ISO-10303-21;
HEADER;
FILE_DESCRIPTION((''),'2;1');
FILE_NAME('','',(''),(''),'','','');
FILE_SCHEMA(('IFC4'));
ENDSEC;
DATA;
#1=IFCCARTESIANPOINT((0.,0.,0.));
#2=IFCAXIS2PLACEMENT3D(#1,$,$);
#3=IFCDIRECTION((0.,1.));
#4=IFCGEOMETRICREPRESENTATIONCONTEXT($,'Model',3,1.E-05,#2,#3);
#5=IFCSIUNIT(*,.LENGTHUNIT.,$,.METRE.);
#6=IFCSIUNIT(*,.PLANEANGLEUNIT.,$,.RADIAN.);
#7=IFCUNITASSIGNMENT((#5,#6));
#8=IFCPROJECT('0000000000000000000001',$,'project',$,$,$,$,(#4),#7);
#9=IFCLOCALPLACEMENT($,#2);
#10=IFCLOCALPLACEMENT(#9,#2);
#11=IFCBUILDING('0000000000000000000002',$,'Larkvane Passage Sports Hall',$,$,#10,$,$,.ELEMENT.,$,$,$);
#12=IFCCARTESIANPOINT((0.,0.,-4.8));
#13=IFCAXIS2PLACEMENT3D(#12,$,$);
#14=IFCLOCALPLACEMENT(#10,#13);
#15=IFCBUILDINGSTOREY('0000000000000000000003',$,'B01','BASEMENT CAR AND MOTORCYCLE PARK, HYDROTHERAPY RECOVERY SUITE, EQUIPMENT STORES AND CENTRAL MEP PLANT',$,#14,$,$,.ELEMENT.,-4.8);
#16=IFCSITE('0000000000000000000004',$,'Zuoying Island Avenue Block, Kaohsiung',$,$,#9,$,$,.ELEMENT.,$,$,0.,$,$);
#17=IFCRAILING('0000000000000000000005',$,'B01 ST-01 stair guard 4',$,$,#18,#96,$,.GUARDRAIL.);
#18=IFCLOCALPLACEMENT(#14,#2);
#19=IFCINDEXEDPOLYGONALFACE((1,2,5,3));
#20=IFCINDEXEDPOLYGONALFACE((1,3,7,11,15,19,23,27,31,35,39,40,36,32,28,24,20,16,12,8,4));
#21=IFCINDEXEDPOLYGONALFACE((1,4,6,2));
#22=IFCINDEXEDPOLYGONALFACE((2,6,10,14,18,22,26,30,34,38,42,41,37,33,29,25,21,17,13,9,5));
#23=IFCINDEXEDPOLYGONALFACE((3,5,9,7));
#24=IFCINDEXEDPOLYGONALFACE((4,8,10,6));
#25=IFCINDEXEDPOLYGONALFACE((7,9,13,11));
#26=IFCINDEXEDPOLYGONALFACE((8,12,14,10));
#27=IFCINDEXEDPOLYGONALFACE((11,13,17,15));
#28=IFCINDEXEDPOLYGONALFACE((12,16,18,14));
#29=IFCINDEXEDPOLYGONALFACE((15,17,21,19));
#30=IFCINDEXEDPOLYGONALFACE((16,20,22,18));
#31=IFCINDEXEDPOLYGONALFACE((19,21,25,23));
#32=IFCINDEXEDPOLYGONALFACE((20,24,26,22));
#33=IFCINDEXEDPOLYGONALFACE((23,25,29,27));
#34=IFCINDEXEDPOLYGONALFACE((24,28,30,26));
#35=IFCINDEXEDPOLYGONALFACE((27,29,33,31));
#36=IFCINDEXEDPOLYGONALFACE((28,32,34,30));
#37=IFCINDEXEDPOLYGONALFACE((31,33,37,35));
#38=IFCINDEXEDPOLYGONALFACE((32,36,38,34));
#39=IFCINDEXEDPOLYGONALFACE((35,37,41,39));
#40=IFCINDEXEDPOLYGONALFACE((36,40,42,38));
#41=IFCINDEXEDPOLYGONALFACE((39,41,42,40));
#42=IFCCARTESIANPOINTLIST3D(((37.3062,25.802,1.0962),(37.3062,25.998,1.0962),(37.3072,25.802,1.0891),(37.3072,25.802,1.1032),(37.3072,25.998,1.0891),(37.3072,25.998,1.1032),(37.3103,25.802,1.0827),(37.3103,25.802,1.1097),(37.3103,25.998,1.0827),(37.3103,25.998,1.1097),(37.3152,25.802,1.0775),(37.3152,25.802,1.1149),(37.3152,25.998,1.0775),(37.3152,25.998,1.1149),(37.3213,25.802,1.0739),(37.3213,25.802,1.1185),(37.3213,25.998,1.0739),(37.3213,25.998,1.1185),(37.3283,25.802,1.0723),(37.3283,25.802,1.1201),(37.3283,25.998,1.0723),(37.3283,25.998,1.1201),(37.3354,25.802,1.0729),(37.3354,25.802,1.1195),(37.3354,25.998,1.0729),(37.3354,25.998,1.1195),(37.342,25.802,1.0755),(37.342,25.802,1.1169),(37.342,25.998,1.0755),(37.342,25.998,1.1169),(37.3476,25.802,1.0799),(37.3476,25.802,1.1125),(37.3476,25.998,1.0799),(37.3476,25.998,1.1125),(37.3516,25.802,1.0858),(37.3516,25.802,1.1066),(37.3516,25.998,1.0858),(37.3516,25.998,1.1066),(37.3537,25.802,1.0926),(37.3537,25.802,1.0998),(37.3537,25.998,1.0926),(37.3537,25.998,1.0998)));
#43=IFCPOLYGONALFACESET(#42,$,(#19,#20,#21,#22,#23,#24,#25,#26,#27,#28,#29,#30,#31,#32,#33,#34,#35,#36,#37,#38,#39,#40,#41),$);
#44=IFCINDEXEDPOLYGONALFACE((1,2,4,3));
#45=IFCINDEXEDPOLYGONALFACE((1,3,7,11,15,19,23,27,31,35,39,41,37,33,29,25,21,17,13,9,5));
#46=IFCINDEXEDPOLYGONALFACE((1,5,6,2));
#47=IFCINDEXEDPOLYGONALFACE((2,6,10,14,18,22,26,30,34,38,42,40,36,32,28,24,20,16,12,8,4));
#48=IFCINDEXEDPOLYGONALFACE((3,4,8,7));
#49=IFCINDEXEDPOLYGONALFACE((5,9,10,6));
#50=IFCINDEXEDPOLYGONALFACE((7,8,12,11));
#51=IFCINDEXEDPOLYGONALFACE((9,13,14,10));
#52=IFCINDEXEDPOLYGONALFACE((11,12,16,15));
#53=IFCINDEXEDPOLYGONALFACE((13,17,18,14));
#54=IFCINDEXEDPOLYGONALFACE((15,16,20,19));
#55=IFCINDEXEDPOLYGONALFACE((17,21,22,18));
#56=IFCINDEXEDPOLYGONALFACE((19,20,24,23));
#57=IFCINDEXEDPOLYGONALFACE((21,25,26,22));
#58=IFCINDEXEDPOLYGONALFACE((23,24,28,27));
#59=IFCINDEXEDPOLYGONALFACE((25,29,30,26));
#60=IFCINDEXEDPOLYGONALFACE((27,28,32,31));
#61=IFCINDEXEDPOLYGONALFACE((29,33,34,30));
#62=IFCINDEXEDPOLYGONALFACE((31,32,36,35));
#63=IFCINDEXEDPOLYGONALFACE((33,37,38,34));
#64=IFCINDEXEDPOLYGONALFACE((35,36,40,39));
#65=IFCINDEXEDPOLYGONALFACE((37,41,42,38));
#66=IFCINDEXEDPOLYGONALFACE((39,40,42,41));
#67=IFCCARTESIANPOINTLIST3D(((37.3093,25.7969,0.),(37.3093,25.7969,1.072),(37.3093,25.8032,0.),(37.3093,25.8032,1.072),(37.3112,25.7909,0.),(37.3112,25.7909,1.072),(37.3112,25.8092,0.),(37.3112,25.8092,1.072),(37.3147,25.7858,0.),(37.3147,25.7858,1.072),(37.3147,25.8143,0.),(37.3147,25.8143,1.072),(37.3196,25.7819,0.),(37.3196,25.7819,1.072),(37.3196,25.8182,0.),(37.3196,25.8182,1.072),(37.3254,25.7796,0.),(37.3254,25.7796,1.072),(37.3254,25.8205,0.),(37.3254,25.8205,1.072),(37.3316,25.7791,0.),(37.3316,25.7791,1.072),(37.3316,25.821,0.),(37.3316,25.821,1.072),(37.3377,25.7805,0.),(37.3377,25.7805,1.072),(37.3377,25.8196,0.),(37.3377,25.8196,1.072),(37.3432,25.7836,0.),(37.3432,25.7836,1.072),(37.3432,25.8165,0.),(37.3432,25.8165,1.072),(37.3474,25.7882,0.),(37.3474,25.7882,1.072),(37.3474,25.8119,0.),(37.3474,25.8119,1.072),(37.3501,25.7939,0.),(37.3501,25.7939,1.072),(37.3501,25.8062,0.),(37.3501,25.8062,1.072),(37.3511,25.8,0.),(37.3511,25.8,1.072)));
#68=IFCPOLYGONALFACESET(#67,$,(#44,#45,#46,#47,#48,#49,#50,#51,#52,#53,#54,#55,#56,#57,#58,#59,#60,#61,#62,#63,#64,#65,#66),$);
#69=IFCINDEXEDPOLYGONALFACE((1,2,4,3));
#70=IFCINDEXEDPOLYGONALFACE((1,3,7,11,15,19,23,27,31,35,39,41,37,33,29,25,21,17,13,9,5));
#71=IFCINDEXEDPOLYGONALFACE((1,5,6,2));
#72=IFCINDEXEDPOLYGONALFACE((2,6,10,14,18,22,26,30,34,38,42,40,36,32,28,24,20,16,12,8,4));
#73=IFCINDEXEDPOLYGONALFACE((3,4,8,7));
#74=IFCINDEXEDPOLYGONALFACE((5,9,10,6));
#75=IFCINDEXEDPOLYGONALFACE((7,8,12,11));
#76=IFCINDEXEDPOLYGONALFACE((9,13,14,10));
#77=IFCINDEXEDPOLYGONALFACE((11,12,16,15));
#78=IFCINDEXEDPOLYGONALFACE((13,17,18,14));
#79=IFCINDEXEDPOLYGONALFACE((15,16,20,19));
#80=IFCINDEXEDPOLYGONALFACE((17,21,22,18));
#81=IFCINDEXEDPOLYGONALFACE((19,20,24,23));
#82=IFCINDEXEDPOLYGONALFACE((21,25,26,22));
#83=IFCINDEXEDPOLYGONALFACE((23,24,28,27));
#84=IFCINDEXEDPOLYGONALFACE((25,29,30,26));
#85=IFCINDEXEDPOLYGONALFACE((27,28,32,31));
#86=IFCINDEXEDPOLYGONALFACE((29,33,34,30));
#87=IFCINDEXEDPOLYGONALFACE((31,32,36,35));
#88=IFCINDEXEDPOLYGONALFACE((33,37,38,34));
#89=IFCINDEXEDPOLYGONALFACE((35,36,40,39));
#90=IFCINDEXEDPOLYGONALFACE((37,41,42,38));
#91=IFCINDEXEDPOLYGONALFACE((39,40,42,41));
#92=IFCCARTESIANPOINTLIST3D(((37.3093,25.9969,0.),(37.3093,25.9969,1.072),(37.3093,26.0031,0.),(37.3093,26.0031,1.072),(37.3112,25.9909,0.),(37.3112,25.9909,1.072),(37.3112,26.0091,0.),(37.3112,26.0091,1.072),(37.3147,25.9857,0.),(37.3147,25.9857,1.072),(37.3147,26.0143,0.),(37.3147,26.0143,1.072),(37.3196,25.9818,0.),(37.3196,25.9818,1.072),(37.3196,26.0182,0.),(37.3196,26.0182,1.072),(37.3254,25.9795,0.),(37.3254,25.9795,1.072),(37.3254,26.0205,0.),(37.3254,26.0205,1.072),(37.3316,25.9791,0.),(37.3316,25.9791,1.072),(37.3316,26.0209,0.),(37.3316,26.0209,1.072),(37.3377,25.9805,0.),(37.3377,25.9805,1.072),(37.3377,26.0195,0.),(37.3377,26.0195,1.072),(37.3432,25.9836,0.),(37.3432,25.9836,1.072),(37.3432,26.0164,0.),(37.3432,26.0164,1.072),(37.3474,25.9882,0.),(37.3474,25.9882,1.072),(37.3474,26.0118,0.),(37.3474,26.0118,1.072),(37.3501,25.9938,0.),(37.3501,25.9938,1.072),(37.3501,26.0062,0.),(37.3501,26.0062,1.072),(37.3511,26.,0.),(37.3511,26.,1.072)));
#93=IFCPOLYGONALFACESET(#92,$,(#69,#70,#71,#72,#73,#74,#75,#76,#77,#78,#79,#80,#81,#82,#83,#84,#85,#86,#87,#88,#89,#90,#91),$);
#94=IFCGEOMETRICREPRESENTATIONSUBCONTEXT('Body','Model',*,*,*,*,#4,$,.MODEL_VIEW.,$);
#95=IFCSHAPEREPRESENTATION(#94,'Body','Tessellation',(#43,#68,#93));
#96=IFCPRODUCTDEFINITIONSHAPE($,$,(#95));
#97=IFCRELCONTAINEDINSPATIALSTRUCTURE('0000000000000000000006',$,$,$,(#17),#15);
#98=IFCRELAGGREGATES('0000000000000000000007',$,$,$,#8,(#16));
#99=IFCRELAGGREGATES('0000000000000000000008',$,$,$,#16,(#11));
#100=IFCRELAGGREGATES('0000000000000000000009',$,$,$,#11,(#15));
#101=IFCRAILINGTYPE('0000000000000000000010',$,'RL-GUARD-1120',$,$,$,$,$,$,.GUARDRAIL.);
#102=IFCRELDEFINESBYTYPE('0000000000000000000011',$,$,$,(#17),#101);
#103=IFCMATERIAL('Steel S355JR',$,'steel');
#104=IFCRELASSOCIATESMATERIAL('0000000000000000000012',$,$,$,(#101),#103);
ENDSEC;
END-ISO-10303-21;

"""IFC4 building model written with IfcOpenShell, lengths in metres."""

from ifc_helpers import new_model, si_unit, direction, frame, origin, origin_2d, place, context, subcontext, project, spatial, circle, extrude, material, type_object, element, save


model = new_model("IFC4")

# Units and contexts
model_context = context("Model", 3, precision=1e-05, world=origin(), true_north=direction((0.0, 1.0)))
body_context = subcontext(model_context, "Body", "Model", "MODEL_VIEW")
ifc_project = project(units=[si_unit("LENGTHUNIT", "METRE"), si_unit("PLANEANGLEUNIT", "RADIAN")], contexts=[model_context])

# Site, building, storey
site_placement = place(None, origin())
site = spatial("IfcSite", under=ifc_project, at=site_placement, Name="Zuoying Island Avenue Block, Kaohsiung", CompositionType="ELEMENT", RefElevation=0.0)
building_placement = place(site_placement, origin())
building = spatial("IfcBuilding", under=site, at=building_placement, Name="Larkvane Passage Sports Hall", CompositionType="ELEMENT")
storey_placement = place(building_placement, frame((0.0, 0.0, -4.8)))
storey = spatial("IfcBuildingStorey", under=building, at=storey_placement, Name="B01", Description="BASEMENT CAR AND MOTORCYCLE PARK, HYDROTHERAPY RECOVERY SUITE, EQUIPMENT STORES AND CENTRAL MEP PLANT", CompositionType="ELEMENT", Elevation=-4.8)

# Railing
ifc_material_1 = material(Name="Steel S355JR", Category="steel")
railing_type_1 = type_object("IfcRailingType", Name="RL-GUARD-1120", PredefinedType="GUARDRAIL", material=ifc_material_1)
railing_1_placement = place(storey_placement, frame((37.3301, 25.8, 0.0)))
element("IfcRailing", 1, at=railing_1_placement, inside=storey, type_object=railing_type_1, Name="B01 ST-01 stair guard 4", PredefinedType="GUARDRAIL", context=body_context, shape_type="SweptSolid", body=[
    extrude(circle(Radius=0.0239, at=origin_2d()), frame((0.0, 0.002, 1.0962), z_axis=(0.0, 1.0, 0.0), x_axis=(-1.0, 0.0, 0.0)), (0.0, 0.0, 1.0), 0.196),
    extrude(circle(Radius=0.021, at=origin_2d()), origin(), (0.0, 0.0, 1.0), 1.072),
    extrude(circle(Radius=0.021, at=origin_2d()), frame((0.0, 0.2, 0.0)), (0.0, 0.0, 1.0), 1.072),
])

save(model, "model.ifc")
